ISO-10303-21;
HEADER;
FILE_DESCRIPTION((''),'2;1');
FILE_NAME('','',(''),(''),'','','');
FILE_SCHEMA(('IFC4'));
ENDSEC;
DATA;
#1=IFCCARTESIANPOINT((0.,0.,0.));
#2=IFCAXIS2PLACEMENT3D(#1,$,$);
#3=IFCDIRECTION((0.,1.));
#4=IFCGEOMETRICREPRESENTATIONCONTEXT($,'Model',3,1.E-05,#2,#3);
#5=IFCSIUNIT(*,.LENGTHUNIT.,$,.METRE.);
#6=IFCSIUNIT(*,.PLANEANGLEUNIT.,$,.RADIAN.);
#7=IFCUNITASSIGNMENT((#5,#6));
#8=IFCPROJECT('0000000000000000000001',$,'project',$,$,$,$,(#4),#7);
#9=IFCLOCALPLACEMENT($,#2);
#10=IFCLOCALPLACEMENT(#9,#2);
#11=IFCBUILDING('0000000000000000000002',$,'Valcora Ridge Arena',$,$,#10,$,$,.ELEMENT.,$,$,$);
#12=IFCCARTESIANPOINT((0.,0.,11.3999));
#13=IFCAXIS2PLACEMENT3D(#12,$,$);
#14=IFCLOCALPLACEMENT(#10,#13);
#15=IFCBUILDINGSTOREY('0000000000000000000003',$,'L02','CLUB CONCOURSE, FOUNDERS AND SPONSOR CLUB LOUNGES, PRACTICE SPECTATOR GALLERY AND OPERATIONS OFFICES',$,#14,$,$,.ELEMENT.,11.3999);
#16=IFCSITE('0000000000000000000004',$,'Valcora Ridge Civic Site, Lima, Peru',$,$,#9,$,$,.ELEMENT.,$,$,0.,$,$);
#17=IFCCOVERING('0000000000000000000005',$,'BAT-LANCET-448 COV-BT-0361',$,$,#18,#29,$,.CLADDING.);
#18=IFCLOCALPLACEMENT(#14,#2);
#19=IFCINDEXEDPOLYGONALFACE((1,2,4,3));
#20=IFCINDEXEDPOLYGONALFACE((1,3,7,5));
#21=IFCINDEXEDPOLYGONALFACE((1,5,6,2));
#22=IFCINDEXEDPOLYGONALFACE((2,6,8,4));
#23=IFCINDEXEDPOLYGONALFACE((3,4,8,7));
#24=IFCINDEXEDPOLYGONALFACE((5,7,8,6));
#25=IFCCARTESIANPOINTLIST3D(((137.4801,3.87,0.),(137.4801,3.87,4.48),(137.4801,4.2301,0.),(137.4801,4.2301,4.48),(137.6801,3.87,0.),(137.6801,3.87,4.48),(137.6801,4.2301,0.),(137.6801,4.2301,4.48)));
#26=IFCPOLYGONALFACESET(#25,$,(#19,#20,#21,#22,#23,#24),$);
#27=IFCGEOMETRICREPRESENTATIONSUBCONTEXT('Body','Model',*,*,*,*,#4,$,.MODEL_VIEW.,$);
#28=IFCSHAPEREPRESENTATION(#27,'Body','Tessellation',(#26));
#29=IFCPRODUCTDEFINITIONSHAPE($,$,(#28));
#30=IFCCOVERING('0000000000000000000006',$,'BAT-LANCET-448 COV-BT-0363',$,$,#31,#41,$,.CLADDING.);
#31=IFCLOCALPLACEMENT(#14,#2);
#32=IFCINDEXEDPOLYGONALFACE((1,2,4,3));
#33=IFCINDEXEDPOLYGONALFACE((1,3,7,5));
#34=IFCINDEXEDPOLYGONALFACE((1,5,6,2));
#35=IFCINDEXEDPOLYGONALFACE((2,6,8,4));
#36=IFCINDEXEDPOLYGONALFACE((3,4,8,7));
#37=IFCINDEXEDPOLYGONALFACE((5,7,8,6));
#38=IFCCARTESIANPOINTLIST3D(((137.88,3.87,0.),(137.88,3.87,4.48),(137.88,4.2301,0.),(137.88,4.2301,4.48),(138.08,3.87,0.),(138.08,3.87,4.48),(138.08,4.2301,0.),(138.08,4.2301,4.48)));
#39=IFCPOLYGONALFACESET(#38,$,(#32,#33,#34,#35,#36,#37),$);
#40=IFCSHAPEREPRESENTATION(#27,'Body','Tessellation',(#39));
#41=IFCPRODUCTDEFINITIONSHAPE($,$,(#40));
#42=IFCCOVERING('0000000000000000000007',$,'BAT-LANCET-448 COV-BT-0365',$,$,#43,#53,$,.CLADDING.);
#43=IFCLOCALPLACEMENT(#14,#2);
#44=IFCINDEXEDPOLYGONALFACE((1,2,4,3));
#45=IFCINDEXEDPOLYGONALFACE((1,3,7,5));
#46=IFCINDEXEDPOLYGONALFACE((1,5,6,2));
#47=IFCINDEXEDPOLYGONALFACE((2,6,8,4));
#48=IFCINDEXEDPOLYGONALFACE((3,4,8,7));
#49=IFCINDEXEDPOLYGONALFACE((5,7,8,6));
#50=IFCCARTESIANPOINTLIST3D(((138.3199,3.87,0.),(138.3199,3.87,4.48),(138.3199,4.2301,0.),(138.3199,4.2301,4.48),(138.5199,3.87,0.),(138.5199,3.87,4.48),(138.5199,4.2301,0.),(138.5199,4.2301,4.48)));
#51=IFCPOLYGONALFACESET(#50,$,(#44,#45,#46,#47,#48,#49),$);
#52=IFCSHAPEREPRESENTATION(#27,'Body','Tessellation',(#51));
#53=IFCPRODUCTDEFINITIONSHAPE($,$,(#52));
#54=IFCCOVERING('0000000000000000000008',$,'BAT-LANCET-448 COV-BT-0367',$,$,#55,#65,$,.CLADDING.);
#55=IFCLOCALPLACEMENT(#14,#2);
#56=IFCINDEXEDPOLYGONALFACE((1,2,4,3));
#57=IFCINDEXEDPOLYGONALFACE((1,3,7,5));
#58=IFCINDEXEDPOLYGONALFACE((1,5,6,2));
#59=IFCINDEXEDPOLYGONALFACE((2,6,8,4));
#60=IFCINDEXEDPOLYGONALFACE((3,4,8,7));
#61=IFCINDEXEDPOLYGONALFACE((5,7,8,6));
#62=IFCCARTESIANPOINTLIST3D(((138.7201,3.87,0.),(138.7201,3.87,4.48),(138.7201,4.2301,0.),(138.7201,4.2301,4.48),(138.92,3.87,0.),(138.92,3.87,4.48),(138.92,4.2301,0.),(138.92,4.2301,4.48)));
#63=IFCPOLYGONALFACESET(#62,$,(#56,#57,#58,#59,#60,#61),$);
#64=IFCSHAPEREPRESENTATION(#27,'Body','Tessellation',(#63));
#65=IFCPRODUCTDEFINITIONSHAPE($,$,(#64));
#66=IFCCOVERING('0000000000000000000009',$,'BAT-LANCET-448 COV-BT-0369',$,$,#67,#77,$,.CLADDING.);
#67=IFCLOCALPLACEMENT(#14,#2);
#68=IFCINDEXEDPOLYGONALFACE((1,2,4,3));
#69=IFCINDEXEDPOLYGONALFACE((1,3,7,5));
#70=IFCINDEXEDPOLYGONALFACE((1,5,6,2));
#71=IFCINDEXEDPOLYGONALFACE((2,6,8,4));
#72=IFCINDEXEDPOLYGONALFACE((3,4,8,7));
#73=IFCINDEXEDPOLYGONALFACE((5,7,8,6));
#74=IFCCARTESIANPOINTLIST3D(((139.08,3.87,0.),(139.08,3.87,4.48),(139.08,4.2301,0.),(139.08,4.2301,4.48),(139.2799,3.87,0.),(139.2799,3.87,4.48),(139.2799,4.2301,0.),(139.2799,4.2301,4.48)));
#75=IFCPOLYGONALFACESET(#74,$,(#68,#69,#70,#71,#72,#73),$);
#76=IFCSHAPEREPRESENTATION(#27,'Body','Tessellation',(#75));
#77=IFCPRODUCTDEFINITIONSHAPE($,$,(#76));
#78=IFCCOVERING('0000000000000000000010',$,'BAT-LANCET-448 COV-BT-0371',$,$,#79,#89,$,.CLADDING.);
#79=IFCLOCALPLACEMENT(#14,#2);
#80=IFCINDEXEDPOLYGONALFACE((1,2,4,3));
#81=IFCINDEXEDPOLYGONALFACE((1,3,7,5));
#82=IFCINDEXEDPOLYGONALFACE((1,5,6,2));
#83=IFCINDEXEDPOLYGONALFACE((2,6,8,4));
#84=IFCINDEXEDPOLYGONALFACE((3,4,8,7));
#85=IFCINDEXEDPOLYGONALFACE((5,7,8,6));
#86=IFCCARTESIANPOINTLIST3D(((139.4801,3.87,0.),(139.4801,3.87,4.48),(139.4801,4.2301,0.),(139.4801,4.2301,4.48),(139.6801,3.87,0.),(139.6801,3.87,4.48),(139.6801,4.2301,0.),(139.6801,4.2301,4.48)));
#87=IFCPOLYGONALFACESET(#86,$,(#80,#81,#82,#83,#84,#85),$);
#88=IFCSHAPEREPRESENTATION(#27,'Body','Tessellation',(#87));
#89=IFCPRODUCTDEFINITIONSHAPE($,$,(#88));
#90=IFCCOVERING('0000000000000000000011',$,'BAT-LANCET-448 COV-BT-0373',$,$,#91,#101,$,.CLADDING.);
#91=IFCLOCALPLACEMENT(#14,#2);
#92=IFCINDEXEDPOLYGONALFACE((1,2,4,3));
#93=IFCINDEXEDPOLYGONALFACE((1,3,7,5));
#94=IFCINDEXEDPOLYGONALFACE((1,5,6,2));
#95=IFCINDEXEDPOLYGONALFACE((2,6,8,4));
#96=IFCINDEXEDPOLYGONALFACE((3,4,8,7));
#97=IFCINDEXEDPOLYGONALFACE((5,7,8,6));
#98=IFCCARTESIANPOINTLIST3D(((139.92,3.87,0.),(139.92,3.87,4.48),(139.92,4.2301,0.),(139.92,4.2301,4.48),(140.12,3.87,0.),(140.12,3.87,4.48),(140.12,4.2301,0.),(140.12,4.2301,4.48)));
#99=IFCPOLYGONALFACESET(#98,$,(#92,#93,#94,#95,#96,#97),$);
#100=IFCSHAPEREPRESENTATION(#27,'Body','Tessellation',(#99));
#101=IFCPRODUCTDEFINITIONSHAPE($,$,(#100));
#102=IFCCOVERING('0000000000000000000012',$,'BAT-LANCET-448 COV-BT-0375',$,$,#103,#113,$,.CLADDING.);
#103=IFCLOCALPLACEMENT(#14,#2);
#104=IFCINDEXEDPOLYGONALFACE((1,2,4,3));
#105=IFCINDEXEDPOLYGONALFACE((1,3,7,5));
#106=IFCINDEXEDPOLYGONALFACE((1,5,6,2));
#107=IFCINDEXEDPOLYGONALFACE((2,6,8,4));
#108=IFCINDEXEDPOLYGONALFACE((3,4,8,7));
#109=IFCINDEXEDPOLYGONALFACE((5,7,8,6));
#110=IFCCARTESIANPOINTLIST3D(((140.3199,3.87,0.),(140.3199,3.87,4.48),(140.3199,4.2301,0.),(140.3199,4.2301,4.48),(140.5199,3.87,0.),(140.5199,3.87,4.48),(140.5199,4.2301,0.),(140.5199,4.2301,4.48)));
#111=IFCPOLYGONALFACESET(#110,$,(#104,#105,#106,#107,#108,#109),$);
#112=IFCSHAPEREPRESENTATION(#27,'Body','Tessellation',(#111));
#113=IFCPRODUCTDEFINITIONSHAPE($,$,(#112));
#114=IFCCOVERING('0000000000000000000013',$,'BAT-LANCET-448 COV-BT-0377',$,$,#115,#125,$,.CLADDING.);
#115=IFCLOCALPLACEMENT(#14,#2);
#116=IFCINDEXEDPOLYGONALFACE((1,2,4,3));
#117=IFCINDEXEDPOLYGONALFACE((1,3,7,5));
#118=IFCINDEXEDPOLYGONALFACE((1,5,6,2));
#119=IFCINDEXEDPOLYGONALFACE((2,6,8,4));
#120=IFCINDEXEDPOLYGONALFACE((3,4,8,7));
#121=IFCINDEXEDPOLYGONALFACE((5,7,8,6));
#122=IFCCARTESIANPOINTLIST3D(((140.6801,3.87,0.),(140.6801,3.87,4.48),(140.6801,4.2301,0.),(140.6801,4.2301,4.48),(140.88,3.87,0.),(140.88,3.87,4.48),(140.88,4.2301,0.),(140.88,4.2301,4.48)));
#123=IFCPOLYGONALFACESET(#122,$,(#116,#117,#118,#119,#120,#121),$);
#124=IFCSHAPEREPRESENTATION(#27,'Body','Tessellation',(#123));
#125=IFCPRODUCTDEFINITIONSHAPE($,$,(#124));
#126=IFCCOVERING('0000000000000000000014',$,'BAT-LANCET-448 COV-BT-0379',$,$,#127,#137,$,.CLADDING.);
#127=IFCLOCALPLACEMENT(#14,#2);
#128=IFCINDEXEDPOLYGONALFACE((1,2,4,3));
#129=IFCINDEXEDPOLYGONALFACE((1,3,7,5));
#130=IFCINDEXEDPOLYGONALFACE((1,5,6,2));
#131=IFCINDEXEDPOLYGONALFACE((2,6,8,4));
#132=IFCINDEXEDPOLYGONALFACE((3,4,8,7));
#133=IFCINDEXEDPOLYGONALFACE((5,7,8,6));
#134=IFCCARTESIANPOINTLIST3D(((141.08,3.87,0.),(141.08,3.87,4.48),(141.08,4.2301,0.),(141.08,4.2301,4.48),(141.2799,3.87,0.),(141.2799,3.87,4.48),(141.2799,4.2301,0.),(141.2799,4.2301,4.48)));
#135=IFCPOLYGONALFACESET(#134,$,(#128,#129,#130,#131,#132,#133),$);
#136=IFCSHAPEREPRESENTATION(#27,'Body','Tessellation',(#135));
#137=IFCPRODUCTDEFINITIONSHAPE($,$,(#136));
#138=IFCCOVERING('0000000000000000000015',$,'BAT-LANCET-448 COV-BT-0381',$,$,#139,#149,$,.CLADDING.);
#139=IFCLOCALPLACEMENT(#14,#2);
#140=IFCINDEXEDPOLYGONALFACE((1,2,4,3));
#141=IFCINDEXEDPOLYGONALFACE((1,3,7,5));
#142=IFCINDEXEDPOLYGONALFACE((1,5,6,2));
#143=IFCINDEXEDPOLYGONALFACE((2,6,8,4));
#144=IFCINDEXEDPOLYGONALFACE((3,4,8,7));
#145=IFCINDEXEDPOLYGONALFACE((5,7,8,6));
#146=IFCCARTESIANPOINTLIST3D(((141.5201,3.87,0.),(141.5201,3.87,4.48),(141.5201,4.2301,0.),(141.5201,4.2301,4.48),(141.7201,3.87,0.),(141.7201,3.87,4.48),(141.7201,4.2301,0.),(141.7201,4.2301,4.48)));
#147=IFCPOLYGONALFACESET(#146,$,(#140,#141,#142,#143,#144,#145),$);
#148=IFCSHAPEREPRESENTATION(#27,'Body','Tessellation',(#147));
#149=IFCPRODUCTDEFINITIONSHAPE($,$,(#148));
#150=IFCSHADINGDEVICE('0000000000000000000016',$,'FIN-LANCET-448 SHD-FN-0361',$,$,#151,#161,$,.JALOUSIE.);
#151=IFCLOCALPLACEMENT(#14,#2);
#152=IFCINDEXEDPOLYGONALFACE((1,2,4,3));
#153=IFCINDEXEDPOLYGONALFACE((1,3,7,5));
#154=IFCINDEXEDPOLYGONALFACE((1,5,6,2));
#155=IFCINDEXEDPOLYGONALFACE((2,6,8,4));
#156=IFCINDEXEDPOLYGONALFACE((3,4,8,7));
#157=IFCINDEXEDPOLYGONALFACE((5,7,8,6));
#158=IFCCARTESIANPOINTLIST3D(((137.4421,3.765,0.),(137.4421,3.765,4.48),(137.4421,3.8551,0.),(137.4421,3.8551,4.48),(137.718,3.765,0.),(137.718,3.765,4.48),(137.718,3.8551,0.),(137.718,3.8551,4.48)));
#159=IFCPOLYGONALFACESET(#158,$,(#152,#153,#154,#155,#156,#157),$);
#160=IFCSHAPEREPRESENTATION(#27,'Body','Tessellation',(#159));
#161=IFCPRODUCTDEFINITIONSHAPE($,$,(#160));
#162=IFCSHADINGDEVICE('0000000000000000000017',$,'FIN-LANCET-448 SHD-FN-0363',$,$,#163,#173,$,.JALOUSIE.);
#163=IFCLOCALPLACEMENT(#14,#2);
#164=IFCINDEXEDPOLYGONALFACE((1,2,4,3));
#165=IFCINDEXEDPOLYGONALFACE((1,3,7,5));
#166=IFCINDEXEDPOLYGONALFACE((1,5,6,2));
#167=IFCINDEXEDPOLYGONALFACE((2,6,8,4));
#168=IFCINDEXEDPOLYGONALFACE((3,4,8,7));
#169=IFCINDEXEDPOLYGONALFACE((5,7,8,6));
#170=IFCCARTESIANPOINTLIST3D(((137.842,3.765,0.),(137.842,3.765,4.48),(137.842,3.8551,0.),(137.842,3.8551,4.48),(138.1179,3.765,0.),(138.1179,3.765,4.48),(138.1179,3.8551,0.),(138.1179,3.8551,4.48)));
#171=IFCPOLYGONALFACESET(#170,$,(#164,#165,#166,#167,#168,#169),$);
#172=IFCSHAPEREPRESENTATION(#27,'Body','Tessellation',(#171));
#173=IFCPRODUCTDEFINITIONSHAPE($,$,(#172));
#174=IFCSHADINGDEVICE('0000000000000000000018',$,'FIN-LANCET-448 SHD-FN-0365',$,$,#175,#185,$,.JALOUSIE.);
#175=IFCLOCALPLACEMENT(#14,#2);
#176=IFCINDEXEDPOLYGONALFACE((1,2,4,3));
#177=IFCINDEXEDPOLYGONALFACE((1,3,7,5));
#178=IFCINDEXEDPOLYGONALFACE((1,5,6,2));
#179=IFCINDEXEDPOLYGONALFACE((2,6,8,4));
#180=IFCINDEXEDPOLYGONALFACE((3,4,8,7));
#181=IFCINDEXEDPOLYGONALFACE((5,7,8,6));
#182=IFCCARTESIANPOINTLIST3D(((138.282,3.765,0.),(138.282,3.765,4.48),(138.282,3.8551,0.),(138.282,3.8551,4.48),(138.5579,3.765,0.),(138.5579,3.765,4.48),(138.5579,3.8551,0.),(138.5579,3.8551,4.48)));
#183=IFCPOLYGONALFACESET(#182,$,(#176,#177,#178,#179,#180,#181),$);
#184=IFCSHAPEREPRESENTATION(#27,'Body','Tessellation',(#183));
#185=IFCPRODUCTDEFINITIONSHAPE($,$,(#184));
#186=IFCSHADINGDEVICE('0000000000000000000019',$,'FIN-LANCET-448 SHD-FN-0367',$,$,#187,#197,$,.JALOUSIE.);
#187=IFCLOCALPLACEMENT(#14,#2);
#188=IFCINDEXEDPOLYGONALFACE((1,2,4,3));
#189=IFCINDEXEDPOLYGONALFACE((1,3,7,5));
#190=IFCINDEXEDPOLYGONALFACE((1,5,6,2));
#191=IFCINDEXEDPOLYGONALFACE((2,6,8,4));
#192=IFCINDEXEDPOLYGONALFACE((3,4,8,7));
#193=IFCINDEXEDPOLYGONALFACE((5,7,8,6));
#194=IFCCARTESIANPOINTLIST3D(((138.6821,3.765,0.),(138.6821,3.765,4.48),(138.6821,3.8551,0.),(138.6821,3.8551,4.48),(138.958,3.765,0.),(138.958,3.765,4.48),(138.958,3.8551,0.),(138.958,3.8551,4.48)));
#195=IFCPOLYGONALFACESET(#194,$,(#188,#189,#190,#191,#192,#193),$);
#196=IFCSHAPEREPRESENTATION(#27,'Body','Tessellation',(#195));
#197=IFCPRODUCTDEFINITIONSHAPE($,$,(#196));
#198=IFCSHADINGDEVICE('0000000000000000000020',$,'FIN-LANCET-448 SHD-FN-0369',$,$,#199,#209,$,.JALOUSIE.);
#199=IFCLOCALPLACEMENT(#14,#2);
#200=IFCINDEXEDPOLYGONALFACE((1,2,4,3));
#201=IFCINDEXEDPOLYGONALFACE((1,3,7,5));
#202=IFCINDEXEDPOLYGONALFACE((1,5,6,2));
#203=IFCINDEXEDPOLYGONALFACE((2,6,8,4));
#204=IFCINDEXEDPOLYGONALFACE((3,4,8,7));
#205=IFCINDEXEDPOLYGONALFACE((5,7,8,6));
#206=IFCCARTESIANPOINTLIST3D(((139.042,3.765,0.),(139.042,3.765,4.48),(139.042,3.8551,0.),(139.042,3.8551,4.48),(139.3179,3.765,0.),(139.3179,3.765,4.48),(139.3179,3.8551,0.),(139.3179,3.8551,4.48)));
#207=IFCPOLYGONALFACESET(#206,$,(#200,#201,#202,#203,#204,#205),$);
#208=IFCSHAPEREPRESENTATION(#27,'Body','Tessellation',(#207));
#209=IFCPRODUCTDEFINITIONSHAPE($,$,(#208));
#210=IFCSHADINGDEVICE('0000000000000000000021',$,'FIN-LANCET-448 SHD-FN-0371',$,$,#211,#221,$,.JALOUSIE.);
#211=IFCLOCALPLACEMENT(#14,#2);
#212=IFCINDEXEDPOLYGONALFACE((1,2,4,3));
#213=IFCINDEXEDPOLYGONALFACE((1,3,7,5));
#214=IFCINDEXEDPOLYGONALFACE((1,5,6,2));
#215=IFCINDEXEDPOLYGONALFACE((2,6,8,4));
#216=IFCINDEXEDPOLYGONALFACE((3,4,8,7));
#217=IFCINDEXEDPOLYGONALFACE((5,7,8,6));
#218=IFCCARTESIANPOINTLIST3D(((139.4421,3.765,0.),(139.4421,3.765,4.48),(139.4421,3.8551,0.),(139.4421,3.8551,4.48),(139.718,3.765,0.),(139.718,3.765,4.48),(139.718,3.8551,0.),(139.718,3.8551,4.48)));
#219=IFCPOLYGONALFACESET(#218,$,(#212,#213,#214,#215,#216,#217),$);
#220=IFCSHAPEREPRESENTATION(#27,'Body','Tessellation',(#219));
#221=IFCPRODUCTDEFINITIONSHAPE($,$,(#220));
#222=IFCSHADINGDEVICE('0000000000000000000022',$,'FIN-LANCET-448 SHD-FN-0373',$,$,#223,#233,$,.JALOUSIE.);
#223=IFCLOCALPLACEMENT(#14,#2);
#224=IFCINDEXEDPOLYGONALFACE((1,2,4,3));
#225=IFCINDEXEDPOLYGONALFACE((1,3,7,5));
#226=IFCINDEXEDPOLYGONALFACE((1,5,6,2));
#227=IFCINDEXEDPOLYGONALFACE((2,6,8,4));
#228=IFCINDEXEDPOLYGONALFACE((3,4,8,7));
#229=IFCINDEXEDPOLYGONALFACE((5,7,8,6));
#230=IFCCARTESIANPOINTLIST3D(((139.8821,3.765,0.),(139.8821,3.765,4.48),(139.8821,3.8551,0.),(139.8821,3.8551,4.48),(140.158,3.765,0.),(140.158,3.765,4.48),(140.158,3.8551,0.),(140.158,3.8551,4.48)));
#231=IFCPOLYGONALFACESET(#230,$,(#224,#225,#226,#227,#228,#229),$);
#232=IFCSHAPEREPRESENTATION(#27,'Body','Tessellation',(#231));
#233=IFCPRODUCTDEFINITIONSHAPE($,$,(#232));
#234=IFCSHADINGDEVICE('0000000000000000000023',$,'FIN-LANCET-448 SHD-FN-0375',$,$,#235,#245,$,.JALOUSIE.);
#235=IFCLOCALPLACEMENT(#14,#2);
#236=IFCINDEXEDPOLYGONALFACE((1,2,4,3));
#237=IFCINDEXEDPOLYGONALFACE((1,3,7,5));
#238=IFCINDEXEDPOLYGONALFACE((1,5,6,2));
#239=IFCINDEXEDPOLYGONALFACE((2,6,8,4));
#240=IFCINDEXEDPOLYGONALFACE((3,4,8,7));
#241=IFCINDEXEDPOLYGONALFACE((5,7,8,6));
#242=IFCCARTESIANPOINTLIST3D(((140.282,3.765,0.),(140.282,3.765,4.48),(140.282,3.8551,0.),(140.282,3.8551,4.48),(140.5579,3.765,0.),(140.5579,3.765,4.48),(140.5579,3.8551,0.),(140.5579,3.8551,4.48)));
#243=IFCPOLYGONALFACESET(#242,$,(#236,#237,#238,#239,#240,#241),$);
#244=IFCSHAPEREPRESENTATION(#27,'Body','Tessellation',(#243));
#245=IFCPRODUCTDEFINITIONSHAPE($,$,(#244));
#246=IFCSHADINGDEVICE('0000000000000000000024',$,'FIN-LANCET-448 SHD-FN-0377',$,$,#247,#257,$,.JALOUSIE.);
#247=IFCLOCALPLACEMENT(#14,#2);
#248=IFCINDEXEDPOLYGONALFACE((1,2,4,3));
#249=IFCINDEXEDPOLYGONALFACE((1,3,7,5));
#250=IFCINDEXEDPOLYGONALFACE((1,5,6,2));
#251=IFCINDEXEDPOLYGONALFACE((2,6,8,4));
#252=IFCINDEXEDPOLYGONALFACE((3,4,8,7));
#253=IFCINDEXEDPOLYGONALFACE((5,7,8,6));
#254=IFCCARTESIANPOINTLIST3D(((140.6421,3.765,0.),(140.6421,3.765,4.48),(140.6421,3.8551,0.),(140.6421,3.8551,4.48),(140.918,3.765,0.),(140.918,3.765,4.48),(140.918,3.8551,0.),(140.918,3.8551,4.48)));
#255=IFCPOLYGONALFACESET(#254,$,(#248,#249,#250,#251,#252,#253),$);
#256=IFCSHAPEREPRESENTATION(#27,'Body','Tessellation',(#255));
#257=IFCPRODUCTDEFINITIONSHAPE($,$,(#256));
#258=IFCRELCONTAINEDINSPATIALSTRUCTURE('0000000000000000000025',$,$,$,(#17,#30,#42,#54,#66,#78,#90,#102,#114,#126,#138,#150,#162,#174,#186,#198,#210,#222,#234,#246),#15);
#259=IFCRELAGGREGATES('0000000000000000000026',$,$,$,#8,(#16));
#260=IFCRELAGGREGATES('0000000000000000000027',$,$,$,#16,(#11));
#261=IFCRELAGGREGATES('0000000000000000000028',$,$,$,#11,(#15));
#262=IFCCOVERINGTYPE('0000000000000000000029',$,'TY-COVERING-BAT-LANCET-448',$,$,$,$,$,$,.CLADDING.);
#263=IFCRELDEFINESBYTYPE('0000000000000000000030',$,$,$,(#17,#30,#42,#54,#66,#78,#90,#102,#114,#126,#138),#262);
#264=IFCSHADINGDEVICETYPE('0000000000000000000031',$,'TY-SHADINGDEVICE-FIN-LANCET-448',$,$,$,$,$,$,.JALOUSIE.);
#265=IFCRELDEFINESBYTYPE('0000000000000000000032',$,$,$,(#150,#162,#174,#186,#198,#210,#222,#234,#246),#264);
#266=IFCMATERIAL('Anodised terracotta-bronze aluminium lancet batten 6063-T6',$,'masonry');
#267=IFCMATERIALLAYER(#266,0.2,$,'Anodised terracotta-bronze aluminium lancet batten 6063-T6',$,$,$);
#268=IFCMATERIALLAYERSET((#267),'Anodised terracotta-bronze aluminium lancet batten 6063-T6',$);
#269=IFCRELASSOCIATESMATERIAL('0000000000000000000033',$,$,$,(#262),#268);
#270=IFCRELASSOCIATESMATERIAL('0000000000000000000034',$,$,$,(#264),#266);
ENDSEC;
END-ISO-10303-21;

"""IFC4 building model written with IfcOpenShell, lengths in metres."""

from ifc_helpers import new_model, si_unit, direction, frame, origin, origin_2d, place, context, subcontext, project, spatial, rectangle, extrude, material, layer, layer_set, material_profile, profile_set, type_object, element, save


model = new_model("IFC4")

# Units and contexts
model_context = context("Model", 3, precision=1e-05, world=origin(), true_north=direction((0.0, 1.0)))
body_context = subcontext(model_context, "Body", "Model", "MODEL_VIEW")
ifc_project = project(units=[si_unit("LENGTHUNIT", "METRE"), si_unit("PLANEANGLEUNIT", "RADIAN")], contexts=[model_context])

# Site, building, storey
site_placement = place(None, origin())
site = spatial("IfcSite", under=ifc_project, at=site_placement, Name="Valcora Ridge Civic Site, Lima, Peru", CompositionType="ELEMENT", RefElevation=0.0)
building_placement = place(site_placement, origin())
building = spatial("IfcBuilding", under=site, at=building_placement, Name="Valcora Ridge Arena", CompositionType="ELEMENT")
storey_placement = place(building_placement, frame((0.0, 0.0, 11.3999)))
storey = spatial("IfcBuildingStorey", under=building, at=storey_placement, Name="L02", Description="CLUB CONCOURSE, FOUNDERS AND SPONSOR CLUB LOUNGES, PRACTICE SPECTATOR GALLERY AND OPERATIONS OFFICES", CompositionType="ELEMENT", Elevation=11.3999)

# Coverings
ifc_material_1 = material(Name="Anodised terracotta-bronze aluminium lancet batten 6063-T6", Category="masonry")
ifc_layer_1 = layer(ifc_material_1, 0.2, Name="Anodised terracotta-bronze aluminium lancet batten 6063-T6")
ifc_layer_set_1 = layer_set([ifc_layer_1], Name="Anodised terracotta-bronze aluminium lancet batten 6063-T6")
covering_type = type_object("IfcCoveringType", Name="TY-COVERING-BAT-LANCET-448", PredefinedType="CLADDING", material=ifc_layer_set_1)
for number, where, z_axis, x_axis, name in (
    (1, (137.5801, 4.05, 0.0), (0.0, 0.0, 1.0), (1.0, 0.0, 0.0), "BAT-LANCET-448 COV-BT-0361"),
    (2, (137.98, 4.05, 0.0), (0.0, 0.0, 1.0), (1.0, 0.0, 0.0), "BAT-LANCET-448 COV-BT-0363"),
    (3, (138.4199, 4.05, 0.0), (0.0, 0.0, 1.0), (1.0, 0.0, 0.0), "BAT-LANCET-448 COV-BT-0365"),
    (4, (138.8201, 4.05, 0.0), (0.0, 0.0, 1.0), (1.0, 0.0, 0.0), "BAT-LANCET-448 COV-BT-0367"),
    (5, (139.1799, 4.05, 0.0), (0.0, 0.0, 1.0), (1.0, 0.0, 0.0), "BAT-LANCET-448 COV-BT-0369"),
    (6, (139.5801, 4.05, 0.0), (0.0, 0.0, 1.0), (1.0, 0.0, 0.0), "BAT-LANCET-448 COV-BT-0371"),
    (7, (140.02, 4.05, 0.0), (0.0, 0.0, 1.0), (1.0, 0.0, 0.0), "BAT-LANCET-448 COV-BT-0373"),
    (8, (140.4199, 4.05, 0.0), (0.0, 0.0, 1.0), (1.0, 0.0, 0.0), "BAT-LANCET-448 COV-BT-0375"),
    (9, (140.78, 4.05, 0.0), (0.0, 0.0, 1.0), (1.0, 0.0, 0.0), "BAT-LANCET-448 COV-BT-0377"),
    (10, (141.1799, 4.05, 0.0), (0.0, 0.0, 1.0), (1.0, 0.0, 0.0), "BAT-LANCET-448 COV-BT-0379"),
    (11, (141.6201, 4.05, 0.0), (0.0, 0.0, 1.0), (1.0, 0.0, 0.0), "BAT-LANCET-448 COV-BT-0381"),
):
    element("IfcCovering", number, at=place(storey_placement, frame(where, z_axis=z_axis, x_axis=x_axis)), inside=storey, type_object=covering_type, Name=name, PredefinedType="CLADDING", context=body_context, shape_type="SweptSolid", body=[
        extrude(rectangle(XDim=0.2, YDim=0.3601, at=origin_2d()), origin(), (0.0, 0.0, 1.0), 4.48),
    ])

# Shading devices
ifc_material_profile_1 = material_profile(ifc_material_1, rectangle(XDim=0.0901, YDim=0.2759, at=origin_2d()), Name="ALU LANCET BATTEN 90x276")
ifc_profile_set_1 = profile_set([ifc_material_profile_1], Name="Anodised terracotta-bronze aluminium lancet batten 6063-T6")
shading_device_type = type_object("IfcShadingDeviceType", Name="TY-SHADINGDEVICE-FIN-LANCET-448", PredefinedType="JALOUSIE", material=ifc_profile_set_1)
for number, where, z_axis, x_axis, name in (
    (12, (137.5801, 3.8101, 0.0), (0.0, 0.0, 1.0), (0.0, 1.0, 0.0), "FIN-LANCET-448 SHD-FN-0361"),
    (13, (137.98, 3.8101, 0.0), (0.0, 0.0, 1.0), (0.0, 1.0, 0.0), "FIN-LANCET-448 SHD-FN-0363"),
    (14, (138.4199, 3.8101, 0.0), (0.0, 0.0, 1.0), (0.0, 1.0, 0.0), "FIN-LANCET-448 SHD-FN-0365"),
    (15, (138.8201, 3.8101, 0.0), (0.0, 0.0, 1.0), (0.0, 1.0, 0.0), "FIN-LANCET-448 SHD-FN-0367"),
    (16, (139.1799, 3.8101, 0.0), (0.0, 0.0, 1.0), (0.0, 1.0, 0.0), "FIN-LANCET-448 SHD-FN-0369"),
    (17, (139.5801, 3.8101, 0.0), (0.0, 0.0, 1.0), (0.0, 1.0, 0.0), "FIN-LANCET-448 SHD-FN-0371"),
    (18, (140.02, 3.8101, 0.0), (0.0, 0.0, 1.0), (0.0, 1.0, 0.0), "FIN-LANCET-448 SHD-FN-0373"),
    (19, (140.4199, 3.8101, 0.0), (0.0, 0.0, 1.0), (0.0, 1.0, 0.0), "FIN-LANCET-448 SHD-FN-0375"),
    (20, (140.78, 3.8101, 0.0), (0.0, 0.0, 1.0), (0.0, 1.0, 0.0), "FIN-LANCET-448 SHD-FN-0377"),
):
    element("IfcShadingDevice", number, at=place(storey_placement, frame(where, z_axis=z_axis, x_axis=x_axis)), inside=storey, type_object=shading_device_type, Name=name, PredefinedType="JALOUSIE", context=body_context, shape_type="SweptSolid", body=[
        extrude(rectangle(XDim=0.0901, YDim=0.2759, at=origin_2d()), origin(), (0.0, 0.0, 1.0), 4.48),
    ])

save(model, "model.ifc")
